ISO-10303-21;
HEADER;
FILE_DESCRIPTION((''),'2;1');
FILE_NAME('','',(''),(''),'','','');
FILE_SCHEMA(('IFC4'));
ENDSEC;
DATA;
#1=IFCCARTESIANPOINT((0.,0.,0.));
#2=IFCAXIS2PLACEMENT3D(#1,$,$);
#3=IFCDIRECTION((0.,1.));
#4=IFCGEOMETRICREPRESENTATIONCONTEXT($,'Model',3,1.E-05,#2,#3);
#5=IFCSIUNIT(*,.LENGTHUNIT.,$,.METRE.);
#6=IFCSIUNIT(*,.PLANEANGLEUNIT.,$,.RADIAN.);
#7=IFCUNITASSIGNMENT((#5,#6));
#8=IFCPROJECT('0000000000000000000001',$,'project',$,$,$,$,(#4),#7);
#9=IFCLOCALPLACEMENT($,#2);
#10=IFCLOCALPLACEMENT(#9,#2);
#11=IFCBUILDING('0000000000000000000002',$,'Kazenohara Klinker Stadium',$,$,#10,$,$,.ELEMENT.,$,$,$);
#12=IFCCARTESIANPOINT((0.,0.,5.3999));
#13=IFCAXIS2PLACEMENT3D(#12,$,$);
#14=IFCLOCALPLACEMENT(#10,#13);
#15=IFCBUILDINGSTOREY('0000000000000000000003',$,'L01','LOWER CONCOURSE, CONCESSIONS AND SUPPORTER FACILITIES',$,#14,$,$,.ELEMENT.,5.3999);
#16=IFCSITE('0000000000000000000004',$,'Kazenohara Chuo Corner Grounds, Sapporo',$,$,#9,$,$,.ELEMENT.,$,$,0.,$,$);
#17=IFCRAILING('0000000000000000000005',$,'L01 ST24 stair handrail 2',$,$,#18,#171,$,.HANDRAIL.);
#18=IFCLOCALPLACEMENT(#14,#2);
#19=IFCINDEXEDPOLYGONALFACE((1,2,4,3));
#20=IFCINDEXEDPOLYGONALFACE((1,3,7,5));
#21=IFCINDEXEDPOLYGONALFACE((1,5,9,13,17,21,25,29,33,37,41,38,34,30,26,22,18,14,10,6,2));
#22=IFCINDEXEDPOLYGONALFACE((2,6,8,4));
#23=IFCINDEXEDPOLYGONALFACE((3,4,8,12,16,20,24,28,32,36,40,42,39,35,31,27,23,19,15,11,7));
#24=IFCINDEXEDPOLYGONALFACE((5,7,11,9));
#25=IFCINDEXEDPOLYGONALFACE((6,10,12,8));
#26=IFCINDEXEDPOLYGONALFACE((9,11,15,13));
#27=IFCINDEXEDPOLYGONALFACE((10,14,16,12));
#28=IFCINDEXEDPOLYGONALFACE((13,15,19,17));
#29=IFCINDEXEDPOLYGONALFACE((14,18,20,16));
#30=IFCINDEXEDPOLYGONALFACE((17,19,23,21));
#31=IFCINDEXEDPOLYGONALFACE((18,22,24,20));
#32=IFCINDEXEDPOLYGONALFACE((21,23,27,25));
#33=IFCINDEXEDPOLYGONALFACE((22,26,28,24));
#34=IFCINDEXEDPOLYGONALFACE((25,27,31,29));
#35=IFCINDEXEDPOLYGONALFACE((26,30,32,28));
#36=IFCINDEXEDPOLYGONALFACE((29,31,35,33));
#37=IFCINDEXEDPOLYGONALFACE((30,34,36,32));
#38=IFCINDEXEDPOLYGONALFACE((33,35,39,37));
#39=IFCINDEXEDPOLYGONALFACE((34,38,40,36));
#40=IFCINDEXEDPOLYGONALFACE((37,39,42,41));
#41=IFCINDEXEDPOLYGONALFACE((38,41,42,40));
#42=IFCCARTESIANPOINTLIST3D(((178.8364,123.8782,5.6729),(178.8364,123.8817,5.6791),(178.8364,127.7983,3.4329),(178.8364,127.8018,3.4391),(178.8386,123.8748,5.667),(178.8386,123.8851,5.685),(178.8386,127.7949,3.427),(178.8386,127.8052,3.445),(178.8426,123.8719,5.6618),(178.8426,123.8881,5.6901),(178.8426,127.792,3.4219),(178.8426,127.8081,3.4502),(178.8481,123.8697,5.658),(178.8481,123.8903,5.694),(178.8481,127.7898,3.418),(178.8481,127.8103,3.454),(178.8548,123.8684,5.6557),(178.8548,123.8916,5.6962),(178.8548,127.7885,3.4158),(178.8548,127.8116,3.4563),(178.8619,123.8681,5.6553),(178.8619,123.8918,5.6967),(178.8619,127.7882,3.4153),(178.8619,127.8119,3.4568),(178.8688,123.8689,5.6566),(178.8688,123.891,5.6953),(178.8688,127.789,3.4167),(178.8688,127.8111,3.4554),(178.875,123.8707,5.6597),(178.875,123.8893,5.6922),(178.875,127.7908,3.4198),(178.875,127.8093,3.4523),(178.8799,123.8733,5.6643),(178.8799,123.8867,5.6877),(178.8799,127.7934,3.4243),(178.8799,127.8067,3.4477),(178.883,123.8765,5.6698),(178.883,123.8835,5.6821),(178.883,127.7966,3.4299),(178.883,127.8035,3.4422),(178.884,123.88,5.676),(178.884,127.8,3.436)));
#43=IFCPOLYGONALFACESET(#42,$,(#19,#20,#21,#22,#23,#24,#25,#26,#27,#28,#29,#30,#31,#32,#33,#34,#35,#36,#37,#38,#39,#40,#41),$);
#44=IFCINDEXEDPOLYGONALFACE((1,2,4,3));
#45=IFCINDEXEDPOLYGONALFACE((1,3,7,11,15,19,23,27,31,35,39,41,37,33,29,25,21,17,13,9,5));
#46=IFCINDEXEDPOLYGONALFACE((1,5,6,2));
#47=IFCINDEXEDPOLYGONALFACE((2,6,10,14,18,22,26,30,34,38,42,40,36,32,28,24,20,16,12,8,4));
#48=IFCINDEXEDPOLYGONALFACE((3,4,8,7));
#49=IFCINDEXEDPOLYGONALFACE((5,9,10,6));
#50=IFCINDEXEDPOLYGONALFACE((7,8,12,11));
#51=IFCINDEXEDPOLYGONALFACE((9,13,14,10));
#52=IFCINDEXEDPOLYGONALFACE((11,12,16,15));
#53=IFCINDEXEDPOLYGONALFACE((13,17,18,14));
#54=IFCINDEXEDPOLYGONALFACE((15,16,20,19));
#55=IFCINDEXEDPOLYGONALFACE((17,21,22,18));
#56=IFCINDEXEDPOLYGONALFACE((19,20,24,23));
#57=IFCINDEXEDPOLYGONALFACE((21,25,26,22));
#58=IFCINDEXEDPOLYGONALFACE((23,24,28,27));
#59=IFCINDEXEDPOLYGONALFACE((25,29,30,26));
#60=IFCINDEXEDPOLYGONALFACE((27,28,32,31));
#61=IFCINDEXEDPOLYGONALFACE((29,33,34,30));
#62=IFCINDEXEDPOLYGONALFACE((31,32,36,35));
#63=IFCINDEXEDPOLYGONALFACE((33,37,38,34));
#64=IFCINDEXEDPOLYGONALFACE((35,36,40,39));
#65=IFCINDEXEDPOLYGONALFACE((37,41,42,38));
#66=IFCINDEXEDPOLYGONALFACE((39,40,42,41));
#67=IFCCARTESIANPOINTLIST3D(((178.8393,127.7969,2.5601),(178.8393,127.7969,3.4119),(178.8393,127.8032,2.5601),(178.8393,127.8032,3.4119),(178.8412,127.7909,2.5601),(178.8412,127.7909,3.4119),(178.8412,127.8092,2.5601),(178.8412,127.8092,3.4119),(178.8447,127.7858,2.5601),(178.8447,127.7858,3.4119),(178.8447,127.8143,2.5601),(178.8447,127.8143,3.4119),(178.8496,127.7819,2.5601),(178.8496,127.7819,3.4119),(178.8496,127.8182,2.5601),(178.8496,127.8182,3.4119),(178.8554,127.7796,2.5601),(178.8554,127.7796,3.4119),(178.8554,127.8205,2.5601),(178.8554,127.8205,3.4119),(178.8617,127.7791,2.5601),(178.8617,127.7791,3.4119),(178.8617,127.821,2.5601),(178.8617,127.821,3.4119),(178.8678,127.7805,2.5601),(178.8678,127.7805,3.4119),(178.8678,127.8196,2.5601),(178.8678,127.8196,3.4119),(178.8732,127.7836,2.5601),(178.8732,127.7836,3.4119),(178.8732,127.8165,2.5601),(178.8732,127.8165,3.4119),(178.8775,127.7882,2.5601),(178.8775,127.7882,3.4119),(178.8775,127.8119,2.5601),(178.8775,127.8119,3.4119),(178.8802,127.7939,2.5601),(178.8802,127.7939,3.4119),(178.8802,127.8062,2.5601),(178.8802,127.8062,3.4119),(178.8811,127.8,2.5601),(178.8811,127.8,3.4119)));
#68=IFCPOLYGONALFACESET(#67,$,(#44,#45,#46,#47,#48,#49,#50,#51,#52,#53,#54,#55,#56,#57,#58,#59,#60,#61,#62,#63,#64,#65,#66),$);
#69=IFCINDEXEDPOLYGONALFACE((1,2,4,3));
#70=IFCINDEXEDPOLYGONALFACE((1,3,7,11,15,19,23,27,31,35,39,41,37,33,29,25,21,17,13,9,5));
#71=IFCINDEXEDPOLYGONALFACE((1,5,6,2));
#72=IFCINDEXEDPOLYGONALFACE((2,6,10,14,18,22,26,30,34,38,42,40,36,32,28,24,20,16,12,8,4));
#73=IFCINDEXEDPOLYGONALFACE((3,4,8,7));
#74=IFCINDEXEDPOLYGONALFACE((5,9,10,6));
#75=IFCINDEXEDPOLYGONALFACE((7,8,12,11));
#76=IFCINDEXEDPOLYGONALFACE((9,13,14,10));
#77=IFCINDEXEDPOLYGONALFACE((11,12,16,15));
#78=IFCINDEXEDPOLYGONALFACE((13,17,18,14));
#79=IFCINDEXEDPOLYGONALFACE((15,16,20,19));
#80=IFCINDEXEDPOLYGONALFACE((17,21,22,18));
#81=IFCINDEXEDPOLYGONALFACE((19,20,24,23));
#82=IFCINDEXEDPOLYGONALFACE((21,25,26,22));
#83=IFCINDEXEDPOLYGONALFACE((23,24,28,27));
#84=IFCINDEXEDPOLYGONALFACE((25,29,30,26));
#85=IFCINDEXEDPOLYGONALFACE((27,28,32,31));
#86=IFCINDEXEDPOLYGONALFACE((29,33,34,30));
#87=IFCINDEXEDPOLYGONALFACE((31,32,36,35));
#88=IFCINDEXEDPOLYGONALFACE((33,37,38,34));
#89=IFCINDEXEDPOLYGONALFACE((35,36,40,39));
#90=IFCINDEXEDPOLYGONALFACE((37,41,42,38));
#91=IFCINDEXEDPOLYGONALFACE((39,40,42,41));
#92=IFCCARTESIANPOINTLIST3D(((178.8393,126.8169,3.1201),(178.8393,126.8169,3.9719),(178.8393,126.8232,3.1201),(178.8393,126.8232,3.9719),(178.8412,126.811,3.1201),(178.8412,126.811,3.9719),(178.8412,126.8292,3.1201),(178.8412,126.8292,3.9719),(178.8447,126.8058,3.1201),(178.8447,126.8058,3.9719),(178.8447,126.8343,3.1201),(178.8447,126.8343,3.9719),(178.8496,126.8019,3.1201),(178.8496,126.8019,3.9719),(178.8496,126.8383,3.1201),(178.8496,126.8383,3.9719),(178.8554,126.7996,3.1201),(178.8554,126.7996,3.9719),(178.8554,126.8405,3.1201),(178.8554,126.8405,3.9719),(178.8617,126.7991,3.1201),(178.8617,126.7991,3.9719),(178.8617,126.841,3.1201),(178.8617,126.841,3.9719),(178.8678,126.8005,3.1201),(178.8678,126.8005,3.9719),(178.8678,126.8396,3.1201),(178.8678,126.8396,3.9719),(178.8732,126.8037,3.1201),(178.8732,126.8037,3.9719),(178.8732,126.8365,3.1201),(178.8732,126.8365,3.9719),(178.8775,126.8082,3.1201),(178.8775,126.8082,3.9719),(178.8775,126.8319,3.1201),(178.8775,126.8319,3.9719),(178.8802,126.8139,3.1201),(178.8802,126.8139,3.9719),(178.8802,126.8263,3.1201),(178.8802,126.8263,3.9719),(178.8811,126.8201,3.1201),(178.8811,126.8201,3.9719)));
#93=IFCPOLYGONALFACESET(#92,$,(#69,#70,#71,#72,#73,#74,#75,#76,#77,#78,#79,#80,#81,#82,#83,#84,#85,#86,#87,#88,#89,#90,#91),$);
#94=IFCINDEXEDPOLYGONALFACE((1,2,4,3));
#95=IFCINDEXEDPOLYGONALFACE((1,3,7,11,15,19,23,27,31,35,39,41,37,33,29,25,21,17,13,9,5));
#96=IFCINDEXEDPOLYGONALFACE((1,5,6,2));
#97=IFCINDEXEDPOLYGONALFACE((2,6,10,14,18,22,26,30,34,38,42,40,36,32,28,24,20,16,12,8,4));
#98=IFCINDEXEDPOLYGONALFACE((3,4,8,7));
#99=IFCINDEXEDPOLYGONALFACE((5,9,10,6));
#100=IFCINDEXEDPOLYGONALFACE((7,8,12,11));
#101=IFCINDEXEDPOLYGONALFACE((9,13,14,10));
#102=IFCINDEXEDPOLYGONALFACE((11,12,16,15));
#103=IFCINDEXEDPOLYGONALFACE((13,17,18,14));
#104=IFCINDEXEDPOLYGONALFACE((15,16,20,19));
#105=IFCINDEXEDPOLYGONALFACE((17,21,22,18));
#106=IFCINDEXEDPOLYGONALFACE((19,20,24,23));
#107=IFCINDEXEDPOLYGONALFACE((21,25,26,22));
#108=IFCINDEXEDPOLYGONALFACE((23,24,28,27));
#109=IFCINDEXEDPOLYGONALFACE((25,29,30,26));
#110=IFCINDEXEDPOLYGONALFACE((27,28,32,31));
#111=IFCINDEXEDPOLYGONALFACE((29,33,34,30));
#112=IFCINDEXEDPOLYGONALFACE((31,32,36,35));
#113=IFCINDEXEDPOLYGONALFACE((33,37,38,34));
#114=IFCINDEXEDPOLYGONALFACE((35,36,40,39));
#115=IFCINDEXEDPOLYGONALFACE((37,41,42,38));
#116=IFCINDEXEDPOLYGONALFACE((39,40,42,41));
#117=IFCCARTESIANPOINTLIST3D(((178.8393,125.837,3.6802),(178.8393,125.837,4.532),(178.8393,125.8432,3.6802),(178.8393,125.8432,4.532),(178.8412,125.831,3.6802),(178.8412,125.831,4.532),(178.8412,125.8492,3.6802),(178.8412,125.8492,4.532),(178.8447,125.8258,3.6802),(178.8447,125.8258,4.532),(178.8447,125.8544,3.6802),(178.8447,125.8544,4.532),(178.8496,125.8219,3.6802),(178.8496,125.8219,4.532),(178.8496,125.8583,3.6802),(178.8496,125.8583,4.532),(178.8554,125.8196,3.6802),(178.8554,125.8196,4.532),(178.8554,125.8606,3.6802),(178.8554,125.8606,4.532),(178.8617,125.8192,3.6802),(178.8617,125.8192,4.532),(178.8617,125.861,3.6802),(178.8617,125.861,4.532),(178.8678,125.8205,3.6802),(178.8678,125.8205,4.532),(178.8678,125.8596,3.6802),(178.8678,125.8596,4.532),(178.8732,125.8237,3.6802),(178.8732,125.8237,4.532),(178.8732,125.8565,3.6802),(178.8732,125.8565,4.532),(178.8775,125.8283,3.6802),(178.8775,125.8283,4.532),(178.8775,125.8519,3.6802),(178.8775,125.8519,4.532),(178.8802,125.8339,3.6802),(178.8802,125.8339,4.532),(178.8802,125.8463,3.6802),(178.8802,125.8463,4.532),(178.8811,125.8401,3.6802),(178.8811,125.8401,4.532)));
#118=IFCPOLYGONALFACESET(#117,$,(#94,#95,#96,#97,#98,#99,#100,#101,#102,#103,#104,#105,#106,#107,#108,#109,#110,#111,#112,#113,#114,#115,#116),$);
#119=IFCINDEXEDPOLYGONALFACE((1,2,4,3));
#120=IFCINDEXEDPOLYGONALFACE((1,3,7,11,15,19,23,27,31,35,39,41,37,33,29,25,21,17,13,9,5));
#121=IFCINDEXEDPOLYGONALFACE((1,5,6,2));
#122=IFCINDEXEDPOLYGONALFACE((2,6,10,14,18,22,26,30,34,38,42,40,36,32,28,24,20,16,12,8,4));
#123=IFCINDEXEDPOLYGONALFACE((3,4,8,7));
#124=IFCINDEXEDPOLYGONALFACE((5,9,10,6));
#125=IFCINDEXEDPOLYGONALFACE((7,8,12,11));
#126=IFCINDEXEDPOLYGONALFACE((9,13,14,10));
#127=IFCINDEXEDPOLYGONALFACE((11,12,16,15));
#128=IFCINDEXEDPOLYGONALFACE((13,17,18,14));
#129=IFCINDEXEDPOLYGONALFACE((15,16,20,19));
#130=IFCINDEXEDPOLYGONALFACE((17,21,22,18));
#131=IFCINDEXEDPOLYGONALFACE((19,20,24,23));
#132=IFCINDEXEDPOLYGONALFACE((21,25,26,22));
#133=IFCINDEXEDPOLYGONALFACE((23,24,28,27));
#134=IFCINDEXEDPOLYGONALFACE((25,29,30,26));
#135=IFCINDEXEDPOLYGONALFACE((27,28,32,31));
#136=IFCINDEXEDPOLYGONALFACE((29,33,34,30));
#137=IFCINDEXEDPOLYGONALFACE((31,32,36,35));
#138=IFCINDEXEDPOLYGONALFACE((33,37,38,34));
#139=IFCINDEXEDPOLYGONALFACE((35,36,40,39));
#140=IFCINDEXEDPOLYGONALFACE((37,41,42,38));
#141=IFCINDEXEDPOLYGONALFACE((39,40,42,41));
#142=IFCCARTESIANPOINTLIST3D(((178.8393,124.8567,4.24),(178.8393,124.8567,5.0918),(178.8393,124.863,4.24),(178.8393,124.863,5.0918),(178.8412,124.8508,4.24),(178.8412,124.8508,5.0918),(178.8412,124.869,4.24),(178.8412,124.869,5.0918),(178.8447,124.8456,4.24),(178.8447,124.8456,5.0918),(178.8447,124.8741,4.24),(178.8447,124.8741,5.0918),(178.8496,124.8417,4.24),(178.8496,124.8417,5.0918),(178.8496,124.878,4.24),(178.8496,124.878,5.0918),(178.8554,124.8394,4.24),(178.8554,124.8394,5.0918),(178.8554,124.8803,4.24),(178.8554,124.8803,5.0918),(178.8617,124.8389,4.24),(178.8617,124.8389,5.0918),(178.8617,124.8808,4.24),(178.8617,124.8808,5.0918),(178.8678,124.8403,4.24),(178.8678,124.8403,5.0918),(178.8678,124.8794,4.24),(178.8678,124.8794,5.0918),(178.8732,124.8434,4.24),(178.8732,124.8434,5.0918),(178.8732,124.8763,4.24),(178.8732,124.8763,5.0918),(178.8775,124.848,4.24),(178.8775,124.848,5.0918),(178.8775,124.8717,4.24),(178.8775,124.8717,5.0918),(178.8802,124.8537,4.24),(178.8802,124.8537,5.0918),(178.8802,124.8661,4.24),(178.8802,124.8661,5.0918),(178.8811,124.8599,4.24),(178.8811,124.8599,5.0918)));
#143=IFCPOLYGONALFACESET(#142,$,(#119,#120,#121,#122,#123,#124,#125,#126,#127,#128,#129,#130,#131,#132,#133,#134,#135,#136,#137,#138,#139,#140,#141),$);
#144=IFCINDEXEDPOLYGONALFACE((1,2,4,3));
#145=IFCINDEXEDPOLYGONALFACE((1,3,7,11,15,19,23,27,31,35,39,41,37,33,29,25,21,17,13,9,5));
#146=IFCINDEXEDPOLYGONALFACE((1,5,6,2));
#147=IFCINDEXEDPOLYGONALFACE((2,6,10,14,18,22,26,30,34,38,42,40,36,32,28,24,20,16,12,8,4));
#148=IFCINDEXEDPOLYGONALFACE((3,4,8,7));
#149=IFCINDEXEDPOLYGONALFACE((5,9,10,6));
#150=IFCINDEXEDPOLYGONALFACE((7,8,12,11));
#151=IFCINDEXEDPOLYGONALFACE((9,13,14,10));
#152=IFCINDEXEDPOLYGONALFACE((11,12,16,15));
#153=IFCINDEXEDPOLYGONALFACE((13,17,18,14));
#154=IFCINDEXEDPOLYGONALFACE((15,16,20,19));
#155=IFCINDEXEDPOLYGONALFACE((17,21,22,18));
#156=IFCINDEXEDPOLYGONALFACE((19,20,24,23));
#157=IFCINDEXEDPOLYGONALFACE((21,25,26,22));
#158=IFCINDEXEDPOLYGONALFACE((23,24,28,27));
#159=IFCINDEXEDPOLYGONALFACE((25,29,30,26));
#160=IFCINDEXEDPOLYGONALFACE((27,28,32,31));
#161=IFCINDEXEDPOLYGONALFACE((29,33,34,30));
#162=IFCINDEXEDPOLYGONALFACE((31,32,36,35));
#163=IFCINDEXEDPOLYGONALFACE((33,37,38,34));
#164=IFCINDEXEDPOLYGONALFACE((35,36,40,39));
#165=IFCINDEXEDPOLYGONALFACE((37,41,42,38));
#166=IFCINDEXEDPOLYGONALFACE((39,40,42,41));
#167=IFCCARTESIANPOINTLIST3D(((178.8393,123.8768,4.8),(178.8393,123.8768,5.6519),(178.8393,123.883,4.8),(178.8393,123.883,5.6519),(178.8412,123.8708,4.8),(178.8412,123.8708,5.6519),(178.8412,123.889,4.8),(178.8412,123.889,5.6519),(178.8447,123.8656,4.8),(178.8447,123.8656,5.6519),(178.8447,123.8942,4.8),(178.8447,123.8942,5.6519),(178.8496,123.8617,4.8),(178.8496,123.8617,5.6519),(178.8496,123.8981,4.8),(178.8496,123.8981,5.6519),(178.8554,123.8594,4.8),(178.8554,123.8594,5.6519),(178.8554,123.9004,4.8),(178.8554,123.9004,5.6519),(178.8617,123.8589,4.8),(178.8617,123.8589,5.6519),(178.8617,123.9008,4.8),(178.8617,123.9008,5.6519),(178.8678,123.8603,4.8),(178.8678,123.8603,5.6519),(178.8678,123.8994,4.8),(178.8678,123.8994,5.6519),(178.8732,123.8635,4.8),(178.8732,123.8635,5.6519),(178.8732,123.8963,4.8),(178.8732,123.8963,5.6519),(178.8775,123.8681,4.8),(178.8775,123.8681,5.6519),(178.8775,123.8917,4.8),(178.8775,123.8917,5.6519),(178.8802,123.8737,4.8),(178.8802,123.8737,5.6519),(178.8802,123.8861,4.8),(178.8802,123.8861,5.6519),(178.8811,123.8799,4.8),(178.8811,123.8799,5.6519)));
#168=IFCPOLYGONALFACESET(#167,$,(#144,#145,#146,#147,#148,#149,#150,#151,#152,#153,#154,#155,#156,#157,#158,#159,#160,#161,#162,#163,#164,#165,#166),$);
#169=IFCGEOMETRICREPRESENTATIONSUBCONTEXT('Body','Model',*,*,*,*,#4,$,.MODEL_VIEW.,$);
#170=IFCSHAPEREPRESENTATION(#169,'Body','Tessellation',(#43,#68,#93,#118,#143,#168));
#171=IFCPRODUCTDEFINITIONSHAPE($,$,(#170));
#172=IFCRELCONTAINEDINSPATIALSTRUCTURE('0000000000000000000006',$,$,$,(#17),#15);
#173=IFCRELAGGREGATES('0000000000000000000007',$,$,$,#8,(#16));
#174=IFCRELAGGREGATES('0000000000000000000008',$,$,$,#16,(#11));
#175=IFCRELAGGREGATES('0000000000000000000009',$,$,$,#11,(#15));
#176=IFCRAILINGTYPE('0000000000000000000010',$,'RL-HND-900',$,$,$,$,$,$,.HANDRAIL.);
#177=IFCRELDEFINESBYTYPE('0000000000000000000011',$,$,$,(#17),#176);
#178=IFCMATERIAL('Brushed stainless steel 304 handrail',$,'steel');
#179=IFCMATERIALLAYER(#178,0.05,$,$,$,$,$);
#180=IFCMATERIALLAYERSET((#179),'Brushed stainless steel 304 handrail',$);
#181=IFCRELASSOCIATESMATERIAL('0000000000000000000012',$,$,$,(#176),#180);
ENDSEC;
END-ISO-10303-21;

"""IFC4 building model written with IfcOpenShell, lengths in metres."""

from ifc_helpers import new_model, si_unit, direction, frame, origin, origin_2d, place, context, subcontext, project, spatial, circle, extrude, material, layer, layer_set, type_object, element, save


model = new_model("IFC4")

# Units and contexts
model_context = context("Model", 3, precision=1e-05, world=origin(), true_north=direction((0.0, 1.0)))
body_context = subcontext(model_context, "Body", "Model", "MODEL_VIEW")
ifc_project = project(units=[si_unit("LENGTHUNIT", "METRE"), si_unit("PLANEANGLEUNIT", "RADIAN")], contexts=[model_context])

# Site, building, storey
site_placement = place(None, origin())
site = spatial("IfcSite", under=ifc_project, at=site_placement, Name="Kazenohara Chuo Corner Grounds, Sapporo", CompositionType="ELEMENT", RefElevation=0.0)
building_placement = place(site_placement, origin())
building = spatial("IfcBuilding", under=site, at=building_placement, Name="Kazenohara Klinker Stadium", CompositionType="ELEMENT")
storey_placement = place(building_placement, frame((0.0, 0.0, 5.3999)))
storey = spatial("IfcBuildingStorey", under=building, at=storey_placement, Name="L01", Description="LOWER CONCOURSE, CONCESSIONS AND SUPPORTER FACILITIES", CompositionType="ELEMENT", Elevation=5.3999)

# Railing
ifc_material_1 = material(Name="Brushed stainless steel 304 handrail", Category="steel")
ifc_layer_1 = layer(ifc_material_1, 0.05)
ifc_layer_set_1 = layer_set([ifc_layer_1], Name="Brushed stainless steel 304 handrail")
railing_type_1 = type_object("IfcRailingType", Name="RL-HND-900", PredefinedType="HANDRAIL", material=ifc_layer_set_1)
railing_1_placement = place(storey_placement, frame((178.8601, 127.8, 2.5601)))
element("IfcRailing", 1, at=railing_1_placement, inside=storey, type_object=railing_type_1, Name="L01 ST24 stair handrail 2", PredefinedType="HANDRAIL", context=body_context, shape_type="SweptSolid", body=[
    extrude(circle(Radius=0.0239, at=origin_2d()), frame((0.0, 0.0, 0.876), z_axis=(0.0, -0.868253, 0.496121), x_axis=(1.0, 0.0, 0.0)), (0.0, 0.0, 1.0), 4.5149),
    extrude(circle(Radius=0.021, at=origin_2d()), origin(), (0.0, 0.0, 1.0), 0.8518),
    extrude(circle(Radius=0.021, at=origin_2d()), frame((0.0, -0.98, 0.5601)), (0.0, 0.0, 1.0), 0.8518),
    extrude(circle(Radius=0.021, at=origin_2d()), frame((0.0, -1.96, 1.1201)), (0.0, 0.0, 1.0), 0.8518),
    extrude(circle(Radius=0.021, at=origin_2d()), frame((0.0, -2.9402, 1.6799)), (0.0, 0.0, 1.0), 0.8518),
    extrude(circle(Radius=0.021, at=origin_2d()), frame((0.0, -3.9202, 2.24)), (0.0, 0.0, 1.0), 0.8518),
])

save(model, "model.ifc")
